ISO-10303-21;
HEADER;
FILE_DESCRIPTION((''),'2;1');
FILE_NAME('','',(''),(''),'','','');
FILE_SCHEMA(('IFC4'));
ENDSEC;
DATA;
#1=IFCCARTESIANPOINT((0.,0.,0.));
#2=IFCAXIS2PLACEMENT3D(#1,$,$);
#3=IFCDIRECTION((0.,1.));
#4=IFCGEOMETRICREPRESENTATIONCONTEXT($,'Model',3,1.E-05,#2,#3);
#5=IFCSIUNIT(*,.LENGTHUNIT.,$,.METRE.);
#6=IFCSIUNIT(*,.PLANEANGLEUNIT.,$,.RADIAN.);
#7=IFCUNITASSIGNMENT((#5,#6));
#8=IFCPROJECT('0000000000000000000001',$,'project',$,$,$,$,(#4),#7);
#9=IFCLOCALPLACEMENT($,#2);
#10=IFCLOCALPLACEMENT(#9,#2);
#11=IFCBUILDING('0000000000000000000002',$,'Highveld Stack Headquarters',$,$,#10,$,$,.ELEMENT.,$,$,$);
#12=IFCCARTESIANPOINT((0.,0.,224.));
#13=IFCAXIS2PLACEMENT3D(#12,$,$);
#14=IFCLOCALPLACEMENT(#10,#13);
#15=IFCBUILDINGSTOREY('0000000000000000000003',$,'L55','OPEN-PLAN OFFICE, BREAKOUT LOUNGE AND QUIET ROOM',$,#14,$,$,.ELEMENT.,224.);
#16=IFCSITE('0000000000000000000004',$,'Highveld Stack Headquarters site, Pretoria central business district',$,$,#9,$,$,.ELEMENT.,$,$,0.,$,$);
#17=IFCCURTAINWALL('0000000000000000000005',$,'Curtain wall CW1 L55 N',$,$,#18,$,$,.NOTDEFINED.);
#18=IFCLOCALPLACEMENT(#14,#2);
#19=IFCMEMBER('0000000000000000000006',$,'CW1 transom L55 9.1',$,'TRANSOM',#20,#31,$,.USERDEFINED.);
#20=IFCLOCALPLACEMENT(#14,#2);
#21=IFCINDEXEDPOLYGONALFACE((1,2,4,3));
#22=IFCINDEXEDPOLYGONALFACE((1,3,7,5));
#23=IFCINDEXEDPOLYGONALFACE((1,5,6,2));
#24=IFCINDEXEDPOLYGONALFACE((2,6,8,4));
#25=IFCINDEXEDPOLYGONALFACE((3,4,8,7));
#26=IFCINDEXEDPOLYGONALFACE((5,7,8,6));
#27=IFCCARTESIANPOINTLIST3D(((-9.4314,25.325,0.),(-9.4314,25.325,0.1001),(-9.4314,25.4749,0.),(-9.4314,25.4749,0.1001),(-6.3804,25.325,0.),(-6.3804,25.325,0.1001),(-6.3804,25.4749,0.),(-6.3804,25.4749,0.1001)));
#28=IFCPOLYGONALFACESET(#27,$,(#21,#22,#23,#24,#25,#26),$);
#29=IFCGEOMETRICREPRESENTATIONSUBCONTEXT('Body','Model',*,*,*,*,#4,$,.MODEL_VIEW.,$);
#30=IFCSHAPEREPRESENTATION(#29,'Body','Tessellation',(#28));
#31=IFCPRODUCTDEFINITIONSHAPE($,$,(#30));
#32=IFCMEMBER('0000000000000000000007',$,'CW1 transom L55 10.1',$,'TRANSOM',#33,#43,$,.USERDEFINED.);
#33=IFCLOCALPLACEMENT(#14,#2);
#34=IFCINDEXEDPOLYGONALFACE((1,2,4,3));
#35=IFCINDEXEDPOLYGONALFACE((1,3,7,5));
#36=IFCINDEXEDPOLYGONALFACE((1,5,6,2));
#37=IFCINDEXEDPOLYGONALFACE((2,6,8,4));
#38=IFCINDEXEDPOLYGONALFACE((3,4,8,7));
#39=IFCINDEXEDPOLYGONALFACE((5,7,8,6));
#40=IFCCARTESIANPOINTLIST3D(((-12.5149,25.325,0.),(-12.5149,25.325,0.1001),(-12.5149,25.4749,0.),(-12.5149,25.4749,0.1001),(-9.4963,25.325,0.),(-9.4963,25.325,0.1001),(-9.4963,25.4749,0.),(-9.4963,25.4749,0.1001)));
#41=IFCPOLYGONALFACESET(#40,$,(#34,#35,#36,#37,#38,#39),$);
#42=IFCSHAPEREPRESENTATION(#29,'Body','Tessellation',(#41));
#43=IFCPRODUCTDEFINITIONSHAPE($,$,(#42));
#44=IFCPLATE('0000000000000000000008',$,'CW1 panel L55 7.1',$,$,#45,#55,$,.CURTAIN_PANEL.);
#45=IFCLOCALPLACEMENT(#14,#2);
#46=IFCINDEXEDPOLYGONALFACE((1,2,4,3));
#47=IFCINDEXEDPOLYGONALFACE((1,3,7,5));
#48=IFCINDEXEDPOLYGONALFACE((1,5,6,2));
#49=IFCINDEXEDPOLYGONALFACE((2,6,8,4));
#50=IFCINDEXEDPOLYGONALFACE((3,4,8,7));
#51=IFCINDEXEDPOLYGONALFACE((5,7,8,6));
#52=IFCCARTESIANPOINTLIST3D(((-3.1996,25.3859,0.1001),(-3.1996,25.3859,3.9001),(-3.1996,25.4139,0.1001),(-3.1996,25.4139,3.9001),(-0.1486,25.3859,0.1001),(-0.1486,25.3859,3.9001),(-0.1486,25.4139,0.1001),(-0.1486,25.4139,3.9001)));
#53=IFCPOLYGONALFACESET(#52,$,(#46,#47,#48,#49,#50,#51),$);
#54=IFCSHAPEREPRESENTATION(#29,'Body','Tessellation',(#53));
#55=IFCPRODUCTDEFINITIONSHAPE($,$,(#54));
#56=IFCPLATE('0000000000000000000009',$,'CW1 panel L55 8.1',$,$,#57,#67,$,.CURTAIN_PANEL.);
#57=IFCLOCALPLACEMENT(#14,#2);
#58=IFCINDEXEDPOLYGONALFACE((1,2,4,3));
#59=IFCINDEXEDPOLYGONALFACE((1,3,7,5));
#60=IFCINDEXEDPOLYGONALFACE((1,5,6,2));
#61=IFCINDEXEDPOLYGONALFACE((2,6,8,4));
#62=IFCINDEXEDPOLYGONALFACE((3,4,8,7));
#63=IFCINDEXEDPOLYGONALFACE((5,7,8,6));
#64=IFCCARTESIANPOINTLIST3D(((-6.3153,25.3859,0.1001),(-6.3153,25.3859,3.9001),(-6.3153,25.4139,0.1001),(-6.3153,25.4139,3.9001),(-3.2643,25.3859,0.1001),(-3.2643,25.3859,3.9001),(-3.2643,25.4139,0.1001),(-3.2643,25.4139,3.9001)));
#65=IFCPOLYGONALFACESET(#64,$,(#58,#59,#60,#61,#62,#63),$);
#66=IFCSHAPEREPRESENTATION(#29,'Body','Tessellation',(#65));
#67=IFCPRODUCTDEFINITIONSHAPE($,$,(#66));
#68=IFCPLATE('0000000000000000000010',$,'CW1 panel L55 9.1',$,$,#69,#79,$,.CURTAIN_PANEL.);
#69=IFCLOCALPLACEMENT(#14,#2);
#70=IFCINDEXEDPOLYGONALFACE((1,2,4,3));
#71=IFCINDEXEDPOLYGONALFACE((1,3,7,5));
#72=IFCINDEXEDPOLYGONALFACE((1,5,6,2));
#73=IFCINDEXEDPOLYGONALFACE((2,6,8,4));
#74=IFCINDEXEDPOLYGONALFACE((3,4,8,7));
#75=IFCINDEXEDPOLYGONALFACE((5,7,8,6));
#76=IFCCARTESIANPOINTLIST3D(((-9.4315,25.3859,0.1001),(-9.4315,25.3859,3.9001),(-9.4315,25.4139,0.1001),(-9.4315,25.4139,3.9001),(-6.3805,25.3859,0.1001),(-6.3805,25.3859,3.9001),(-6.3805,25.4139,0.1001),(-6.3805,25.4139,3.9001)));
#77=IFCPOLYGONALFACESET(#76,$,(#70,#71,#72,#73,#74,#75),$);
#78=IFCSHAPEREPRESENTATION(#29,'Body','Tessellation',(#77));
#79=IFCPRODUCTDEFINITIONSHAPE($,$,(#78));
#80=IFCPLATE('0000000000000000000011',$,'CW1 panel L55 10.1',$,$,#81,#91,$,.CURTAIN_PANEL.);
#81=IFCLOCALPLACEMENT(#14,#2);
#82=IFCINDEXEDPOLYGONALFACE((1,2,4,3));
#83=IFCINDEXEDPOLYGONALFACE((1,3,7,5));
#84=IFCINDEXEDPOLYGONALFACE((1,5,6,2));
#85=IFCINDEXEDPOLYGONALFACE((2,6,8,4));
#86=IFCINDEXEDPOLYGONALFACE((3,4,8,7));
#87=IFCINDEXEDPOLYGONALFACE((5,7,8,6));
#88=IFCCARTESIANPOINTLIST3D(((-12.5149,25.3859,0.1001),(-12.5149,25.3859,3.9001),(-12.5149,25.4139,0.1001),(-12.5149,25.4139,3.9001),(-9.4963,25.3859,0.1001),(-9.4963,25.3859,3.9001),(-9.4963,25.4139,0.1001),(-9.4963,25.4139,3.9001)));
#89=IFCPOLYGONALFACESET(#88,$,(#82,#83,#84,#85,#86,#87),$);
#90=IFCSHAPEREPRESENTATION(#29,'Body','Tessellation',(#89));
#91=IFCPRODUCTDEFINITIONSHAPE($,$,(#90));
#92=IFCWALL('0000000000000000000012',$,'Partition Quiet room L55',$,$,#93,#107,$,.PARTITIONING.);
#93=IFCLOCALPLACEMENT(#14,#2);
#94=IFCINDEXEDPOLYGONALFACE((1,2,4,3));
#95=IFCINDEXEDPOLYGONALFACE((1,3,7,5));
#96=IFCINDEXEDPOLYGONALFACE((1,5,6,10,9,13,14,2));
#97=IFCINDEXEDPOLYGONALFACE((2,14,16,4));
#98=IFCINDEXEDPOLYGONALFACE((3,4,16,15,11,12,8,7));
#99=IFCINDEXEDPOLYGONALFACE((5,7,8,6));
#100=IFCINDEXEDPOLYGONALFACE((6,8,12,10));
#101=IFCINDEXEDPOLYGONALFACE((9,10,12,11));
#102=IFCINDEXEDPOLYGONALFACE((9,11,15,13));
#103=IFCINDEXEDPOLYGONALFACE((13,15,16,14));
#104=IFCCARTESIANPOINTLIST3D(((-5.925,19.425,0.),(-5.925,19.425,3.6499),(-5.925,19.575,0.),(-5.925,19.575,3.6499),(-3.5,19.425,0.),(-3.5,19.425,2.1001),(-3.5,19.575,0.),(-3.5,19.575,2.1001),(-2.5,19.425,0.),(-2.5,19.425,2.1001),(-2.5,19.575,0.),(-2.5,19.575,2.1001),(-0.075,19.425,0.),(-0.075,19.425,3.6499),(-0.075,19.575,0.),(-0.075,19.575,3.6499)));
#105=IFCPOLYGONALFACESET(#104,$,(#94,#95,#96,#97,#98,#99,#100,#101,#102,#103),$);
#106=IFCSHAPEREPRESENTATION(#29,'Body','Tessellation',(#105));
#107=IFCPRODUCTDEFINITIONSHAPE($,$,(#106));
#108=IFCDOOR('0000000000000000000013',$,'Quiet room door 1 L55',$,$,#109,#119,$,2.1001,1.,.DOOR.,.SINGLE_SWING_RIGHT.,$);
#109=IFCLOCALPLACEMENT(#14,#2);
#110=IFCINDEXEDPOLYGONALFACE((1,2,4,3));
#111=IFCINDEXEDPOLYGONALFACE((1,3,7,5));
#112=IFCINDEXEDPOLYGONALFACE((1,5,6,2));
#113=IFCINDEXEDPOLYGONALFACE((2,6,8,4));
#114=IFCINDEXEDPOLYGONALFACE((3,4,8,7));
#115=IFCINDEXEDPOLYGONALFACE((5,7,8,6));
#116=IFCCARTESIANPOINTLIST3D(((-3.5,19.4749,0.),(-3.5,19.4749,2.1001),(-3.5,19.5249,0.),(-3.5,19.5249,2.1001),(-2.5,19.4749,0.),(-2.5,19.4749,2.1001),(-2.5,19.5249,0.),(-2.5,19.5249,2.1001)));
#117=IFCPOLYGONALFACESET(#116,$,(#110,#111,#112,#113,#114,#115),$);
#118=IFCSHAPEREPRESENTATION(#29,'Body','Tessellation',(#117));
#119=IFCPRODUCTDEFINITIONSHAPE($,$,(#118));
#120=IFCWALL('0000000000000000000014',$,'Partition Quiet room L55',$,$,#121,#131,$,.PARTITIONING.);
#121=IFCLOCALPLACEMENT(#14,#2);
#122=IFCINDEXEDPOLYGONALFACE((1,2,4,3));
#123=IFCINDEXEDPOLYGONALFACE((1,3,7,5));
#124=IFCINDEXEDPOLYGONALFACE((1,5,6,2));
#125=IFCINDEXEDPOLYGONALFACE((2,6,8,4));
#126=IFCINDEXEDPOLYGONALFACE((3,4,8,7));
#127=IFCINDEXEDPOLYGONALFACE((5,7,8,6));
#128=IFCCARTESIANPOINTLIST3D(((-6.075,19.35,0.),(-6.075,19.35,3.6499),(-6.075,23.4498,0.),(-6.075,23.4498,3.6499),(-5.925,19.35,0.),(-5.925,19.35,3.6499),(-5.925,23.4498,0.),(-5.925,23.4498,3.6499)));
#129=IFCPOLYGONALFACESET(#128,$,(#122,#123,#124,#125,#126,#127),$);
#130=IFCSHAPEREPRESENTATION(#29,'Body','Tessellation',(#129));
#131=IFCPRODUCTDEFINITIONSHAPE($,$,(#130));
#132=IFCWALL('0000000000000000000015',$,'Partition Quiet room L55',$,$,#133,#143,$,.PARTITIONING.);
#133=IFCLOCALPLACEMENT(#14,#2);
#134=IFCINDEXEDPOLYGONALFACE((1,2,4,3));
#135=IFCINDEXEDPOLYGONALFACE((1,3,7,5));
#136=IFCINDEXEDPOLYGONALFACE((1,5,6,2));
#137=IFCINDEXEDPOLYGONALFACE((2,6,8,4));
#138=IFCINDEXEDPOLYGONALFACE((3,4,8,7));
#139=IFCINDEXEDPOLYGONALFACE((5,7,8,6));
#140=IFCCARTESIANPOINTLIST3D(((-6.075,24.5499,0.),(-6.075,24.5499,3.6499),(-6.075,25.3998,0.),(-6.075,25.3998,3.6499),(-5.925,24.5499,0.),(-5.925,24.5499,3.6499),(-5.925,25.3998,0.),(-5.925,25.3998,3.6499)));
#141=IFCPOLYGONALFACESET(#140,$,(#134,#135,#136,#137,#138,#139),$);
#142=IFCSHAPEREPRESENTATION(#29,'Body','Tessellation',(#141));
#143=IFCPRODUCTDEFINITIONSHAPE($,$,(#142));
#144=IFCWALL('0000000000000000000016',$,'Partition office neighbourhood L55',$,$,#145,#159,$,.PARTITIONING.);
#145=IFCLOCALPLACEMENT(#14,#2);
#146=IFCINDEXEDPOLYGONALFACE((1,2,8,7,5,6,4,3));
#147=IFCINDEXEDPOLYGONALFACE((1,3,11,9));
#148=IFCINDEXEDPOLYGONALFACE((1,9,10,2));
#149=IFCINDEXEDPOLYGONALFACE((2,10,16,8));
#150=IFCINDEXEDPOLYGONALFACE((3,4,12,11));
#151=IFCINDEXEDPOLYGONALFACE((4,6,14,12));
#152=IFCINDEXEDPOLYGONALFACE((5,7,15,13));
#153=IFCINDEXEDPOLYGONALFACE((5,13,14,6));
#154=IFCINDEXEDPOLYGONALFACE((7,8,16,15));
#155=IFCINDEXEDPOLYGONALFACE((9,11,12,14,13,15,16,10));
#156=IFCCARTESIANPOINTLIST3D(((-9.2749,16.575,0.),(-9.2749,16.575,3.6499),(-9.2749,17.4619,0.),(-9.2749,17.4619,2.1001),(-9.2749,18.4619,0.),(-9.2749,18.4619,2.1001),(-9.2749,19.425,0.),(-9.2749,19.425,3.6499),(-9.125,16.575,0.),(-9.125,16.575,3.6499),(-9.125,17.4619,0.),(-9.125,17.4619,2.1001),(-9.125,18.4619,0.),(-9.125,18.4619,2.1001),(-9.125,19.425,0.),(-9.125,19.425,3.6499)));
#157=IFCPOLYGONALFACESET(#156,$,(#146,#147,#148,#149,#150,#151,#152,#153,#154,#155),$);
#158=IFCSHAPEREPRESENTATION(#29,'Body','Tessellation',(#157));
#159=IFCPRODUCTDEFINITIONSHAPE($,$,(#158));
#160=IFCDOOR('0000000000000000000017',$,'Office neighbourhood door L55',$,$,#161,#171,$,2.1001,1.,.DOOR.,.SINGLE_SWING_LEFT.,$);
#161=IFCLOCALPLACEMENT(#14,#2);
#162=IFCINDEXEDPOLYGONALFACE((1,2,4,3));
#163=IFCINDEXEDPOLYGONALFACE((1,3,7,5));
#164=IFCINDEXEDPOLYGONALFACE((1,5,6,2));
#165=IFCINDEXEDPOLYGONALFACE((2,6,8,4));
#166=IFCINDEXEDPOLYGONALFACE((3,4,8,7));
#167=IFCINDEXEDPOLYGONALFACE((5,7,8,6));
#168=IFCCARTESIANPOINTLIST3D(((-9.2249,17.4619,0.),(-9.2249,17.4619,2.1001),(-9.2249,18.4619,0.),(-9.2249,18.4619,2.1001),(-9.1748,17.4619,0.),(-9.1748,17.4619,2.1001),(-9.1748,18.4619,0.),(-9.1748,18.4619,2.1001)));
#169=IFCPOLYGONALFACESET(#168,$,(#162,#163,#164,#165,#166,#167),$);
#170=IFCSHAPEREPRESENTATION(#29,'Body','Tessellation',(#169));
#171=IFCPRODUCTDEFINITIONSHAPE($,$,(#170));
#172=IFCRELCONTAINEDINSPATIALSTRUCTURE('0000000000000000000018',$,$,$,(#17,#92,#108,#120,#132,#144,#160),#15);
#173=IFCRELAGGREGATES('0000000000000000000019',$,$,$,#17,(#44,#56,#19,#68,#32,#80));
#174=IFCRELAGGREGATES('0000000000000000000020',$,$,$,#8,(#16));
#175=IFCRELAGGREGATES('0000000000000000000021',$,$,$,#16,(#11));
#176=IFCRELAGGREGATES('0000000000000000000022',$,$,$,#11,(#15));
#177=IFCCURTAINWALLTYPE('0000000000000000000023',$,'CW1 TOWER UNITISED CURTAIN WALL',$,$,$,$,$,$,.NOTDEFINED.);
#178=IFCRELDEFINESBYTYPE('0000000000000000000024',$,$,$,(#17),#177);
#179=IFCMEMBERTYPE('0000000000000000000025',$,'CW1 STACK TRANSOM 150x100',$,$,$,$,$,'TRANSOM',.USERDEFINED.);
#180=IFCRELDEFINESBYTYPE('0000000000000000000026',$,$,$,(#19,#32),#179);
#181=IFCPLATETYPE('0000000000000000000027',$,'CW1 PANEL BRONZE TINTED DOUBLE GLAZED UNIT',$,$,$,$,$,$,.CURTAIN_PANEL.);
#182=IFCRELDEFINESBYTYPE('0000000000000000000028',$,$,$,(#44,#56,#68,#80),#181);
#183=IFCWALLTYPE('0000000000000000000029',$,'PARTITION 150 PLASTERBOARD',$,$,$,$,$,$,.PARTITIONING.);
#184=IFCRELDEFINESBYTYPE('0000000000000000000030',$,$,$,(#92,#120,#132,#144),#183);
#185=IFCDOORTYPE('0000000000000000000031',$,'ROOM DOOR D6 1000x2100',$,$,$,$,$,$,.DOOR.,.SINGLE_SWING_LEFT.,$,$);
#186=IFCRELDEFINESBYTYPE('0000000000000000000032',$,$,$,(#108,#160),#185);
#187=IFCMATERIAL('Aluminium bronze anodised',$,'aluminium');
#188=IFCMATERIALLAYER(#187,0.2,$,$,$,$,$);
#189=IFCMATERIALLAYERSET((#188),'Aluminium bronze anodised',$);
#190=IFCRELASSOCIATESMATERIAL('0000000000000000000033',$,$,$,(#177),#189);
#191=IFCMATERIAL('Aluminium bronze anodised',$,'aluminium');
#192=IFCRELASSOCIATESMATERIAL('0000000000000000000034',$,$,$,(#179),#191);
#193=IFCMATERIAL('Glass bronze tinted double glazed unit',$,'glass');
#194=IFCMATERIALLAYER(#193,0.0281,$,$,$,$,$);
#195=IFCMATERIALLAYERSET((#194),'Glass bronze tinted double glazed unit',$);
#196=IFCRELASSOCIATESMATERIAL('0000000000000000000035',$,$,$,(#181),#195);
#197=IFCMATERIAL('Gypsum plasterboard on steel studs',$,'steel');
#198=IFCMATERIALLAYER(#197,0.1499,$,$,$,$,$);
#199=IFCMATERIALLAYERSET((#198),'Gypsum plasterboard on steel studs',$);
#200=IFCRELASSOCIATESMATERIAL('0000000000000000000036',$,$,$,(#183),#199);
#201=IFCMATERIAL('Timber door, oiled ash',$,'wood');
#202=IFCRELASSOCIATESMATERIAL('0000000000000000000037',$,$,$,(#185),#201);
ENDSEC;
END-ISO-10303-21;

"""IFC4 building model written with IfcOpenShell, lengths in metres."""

from ifc_helpers import new_model, si_unit, direction, frame, frame_2d, origin, origin_2d, place, context, subcontext, project, spatial, rectangle, extrude, material, layer, layer_set, material_profile, profile_set, type_object, element, fill, aggregate, save


model = new_model("IFC4")

# Units and contexts
model_context = context("Model", 3, precision=1e-05, world=origin(), true_north=direction((0.0, 1.0)))
body_context = subcontext(model_context, "Body", "Model", "MODEL_VIEW")
ifc_project = project(units=[si_unit("LENGTHUNIT", "METRE"), si_unit("PLANEANGLEUNIT", "RADIAN")], contexts=[model_context])

# Site, building, storey
site_placement = place(None, origin())
site = spatial("IfcSite", under=ifc_project, at=site_placement, Name="Highveld Stack Headquarters site, Pretoria central business district", CompositionType="ELEMENT", RefElevation=0.0)
building_placement = place(site_placement, origin())
building = spatial("IfcBuilding", under=site, at=building_placement, Name="Highveld Stack Headquarters", CompositionType="ELEMENT")
storey_placement = place(building_placement, frame((0.0, 0.0, 224.0)))
storey = spatial("IfcBuildingStorey", under=building, at=storey_placement, Name="L55", Description="OPEN-PLAN OFFICE, BREAKOUT LOUNGE AND QUIET ROOM", CompositionType="ELEMENT", Elevation=224.0)

# Curtain wall, members, plates
ifc_material_1 = material(Name="Aluminium bronze anodised", Category="aluminium")
ifc_layer_1 = layer(ifc_material_1, 0.2)
ifc_layer_set_1 = layer_set([ifc_layer_1], Name="Aluminium bronze anodised")
curtain_wall_type = type_object("IfcCurtainWallType", Name="CW1 TOWER UNITISED CURTAIN WALL", PredefinedType="NOTDEFINED", material=ifc_layer_set_1)
curtain_wall_placement = place(storey_placement, origin())
curtain_wall = element("IfcCurtainWall", 1, at=curtain_wall_placement, inside=storey, type_object=curtain_wall_type, Name="Curtain wall CW1 L55 N", PredefinedType="NOTDEFINED")
ifc_material_2 = material(Name="Aluminium bronze anodised", Category="aluminium")
ifc_material_profile_1 = material_profile(ifc_material_2, rectangle(XDim=0.1499, YDim=0.1001, at=origin_2d()), Name="CW1 TRANSOM 150x100")
ifc_profile_set_1 = profile_set([ifc_material_profile_1], Name="Aluminium bronze anodised")
member_type_1 = type_object("IfcMemberType", Name="CW1 STACK TRANSOM 150x100", ElementType="TRANSOM", PredefinedType="USERDEFINED", material=ifc_profile_set_1)
member_1_placement = place(storey_placement, frame((-6.3804, 25.3999, 0.05), z_axis=(-1.0, 0.0, 0.0), x_axis=(0.0, -1.0, 0.0)))
member_1 = element("IfcMember", 2, at=member_1_placement, type_object=member_type_1, Name="CW1 transom L55 9.1", ObjectType="TRANSOM", PredefinedType="USERDEFINED", context=body_context, shape_type="SweptSolid", body=[
    extrude(rectangle(XDim=0.1499, YDim=0.1001, at=origin_2d()), origin(), (0.0, 0.0, 1.0), 3.051),
])
member_2_placement = place(storey_placement, frame((-9.4963, 25.3999, 0.05), z_axis=(-1.0, 0.0, 0.0), x_axis=(0.0, -1.0, 0.0)))
member_2 = element("IfcMember", 3, at=member_2_placement, type_object=member_type_1, Name="CW1 transom L55 10.1", ObjectType="TRANSOM", PredefinedType="USERDEFINED", context=body_context, shape_type="SweptSolid", body=[
    extrude(rectangle(XDim=0.1499, YDim=0.1001, at=origin_2d()), origin(), (0.0, 0.0, 1.0), 3.0186),
])
ifc_material_3 = material(Name="Glass bronze tinted double glazed unit", Category="glass")
ifc_layer_2 = layer(ifc_material_3, 0.0281)
ifc_layer_set_2 = layer_set([ifc_layer_2], Name="Glass bronze tinted double glazed unit")
plate_type = type_object("IfcPlateType", Name="CW1 PANEL BRONZE TINTED DOUBLE GLAZED UNIT", PredefinedType="CURTAIN_PANEL", material=ifc_layer_set_2)
plate_1_placement = place(storey_placement, frame((-1.6741, 25.3999, 0.1001), z_axis=(0.0, 0.0, 1.0), x_axis=(-1.0, 0.0, 0.0)))
plate_1 = element("IfcPlate", 4, at=plate_1_placement, type_object=plate_type, Name="CW1 panel L55 7.1", PredefinedType="CURTAIN_PANEL", context=body_context, shape_type="SweptSolid", body=[
    extrude(rectangle(XDim=3.051, YDim=0.0281, at=origin_2d()), origin(), (0.0, 0.0, 1.0), 3.8),
])
plate_2_placement = place(storey_placement, frame((-4.7898, 25.3999, 0.1001), z_axis=(0.0, 0.0, 1.0), x_axis=(-1.0, 0.0, 0.0)))
plate_2 = element("IfcPlate", 5, at=plate_2_placement, type_object=plate_type, Name="CW1 panel L55 8.1", PredefinedType="CURTAIN_PANEL", context=body_context, shape_type="SweptSolid", body=[
    extrude(rectangle(XDim=3.051, YDim=0.0281, at=origin_2d()), origin(), (0.0, 0.0, 1.0), 3.8),
])
plate_3_placement = place(storey_placement, frame((-7.906, 25.3999, 0.1001), z_axis=(0.0, 0.0, 1.0), x_axis=(-1.0, 0.0, 0.0)))
plate_3 = element("IfcPlate", 6, at=plate_3_placement, type_object=plate_type, Name="CW1 panel L55 9.1", PredefinedType="CURTAIN_PANEL", context=body_context, shape_type="SweptSolid", body=[
    extrude(rectangle(XDim=3.051, YDim=0.0281, at=origin_2d()), origin(), (0.0, 0.0, 1.0), 3.8),
])
plate_4_placement = place(storey_placement, frame((-11.0056, 25.3999, 0.1001), z_axis=(0.0, 0.0, 1.0), x_axis=(-1.0, 0.0, 0.0)))
plate_4 = element("IfcPlate", 7, at=plate_4_placement, type_object=plate_type, Name="CW1 panel L55 10.1", PredefinedType="CURTAIN_PANEL", context=body_context, shape_type="SweptSolid", body=[
    extrude(rectangle(XDim=3.0186, YDim=0.0281, at=origin_2d()), origin(), (0.0, 0.0, 1.0), 3.8),
])
aggregate(curtain_wall, [plate_1, plate_2, member_1, plate_3, member_2, plate_4])

# Wall, opening, door
ifc_material_4 = material(Name="Gypsum plasterboard on steel studs", Category="steel")
ifc_layer_3 = layer(ifc_material_4, 0.1499)
ifc_layer_set_3 = layer_set([ifc_layer_3], Name="Gypsum plasterboard on steel studs")
wall_type = type_object("IfcWallType", Name="PARTITION 150 PLASTERBOARD", PredefinedType="PARTITIONING", material=ifc_layer_set_3)
wall_1_placement = place(storey_placement, frame((-5.925, 19.5, 0.0), z_axis=(0.0, 0.0, 1.0), x_axis=(1.0, 0.0, 0.0)))
wall_1 = element("IfcWall", 8, at=wall_1_placement, inside=storey, type_object=wall_type, Name="Partition Quiet room L55", PredefinedType="PARTITIONING", context=body_context, shape_type="SweptSolid", body=[
    extrude(rectangle(XDim=5.8501, YDim=0.1499, at=frame_2d((2.925, 0.0))), origin(), (0.0, 0.0, 1.0), 3.6499),
])
opening_1_placement = place(wall_1_placement, frame((2.425, 0.0, 0.0)))
opening_1 = element("IfcOpeningElement", 9, at=opening_1_placement, cuts=wall_1, PredefinedType="OPENING", context=body_context, shape_type="SweptSolid", body=[
    extrude(rectangle(XDim=1.0, YDim=2.1001, at=frame_2d((0.5, 1.05))), frame((0.0, 0.085, 0.0), z_axis=(0.0, -1.0, 0.0), x_axis=(1.0, 0.0, 0.0)), (0.0, 0.0, 1.0), 0.1699),
])
ifc_material_5 = material(Name="Timber door, oiled ash", Category="wood")
door_type = type_object("IfcDoorType", Name="ROOM DOOR D6 1000x2100", OperationType="SINGLE_SWING_LEFT", PredefinedType="DOOR", material=ifc_material_5)
door_1_placement = place(opening_1_placement, origin())
door_1 = element("IfcDoor", 10, at=door_1_placement, inside=storey, type_object=door_type, Name="Quiet room door 1 L55", OperationType="SINGLE_SWING_RIGHT", OverallHeight=2.1001, OverallWidth=1.0, PredefinedType="DOOR", context=body_context, shape_type="SweptSolid", body=[
    extrude(rectangle(XDim=1.0, YDim=2.1001, at=frame_2d((0.5, 1.05))), frame((0.0, 0.0249, 0.0), z_axis=(0.0, -1.0, 0.0), x_axis=(1.0, 0.0, 0.0)), (0.0, 0.0, 1.0), 0.05),
])
fill(opening_1, door_1)

# Walls
wall_2_placement = place(storey_placement, frame((-6.0, 19.3501, 0.0), z_axis=(0.0, 0.0, 1.0), x_axis=(0.0, 1.0, 0.0)))
element("IfcWall", 11, at=wall_2_placement, inside=storey, type_object=wall_type, Name="Partition Quiet room L55", PredefinedType="PARTITIONING", context=body_context, shape_type="SweptSolid", body=[
    extrude(rectangle(XDim=4.0999, YDim=0.1499, at=frame_2d((2.0498, 0.0))), origin(), (0.0, 0.0, 1.0), 3.6499),
])
wall_3_placement = place(storey_placement, frame((-6.0, 24.55, 0.0), z_axis=(0.0, 0.0, 1.0), x_axis=(0.0, 1.0, 0.0)))
element("IfcWall", 12, at=wall_3_placement, inside=storey, type_object=wall_type, Name="Partition Quiet room L55", PredefinedType="PARTITIONING", context=body_context, shape_type="SweptSolid", body=[
    extrude(rectangle(XDim=0.8499, YDim=0.1499, at=frame_2d((0.4248, 0.0))), origin(), (0.0, 0.0, 1.0), 3.6499),
])

# Wall, opening, door
wall_4_placement = place(storey_placement, frame((-9.2, 16.575, 0.0), z_axis=(0.0, 0.0, 1.0), x_axis=(0.0, 1.0, 0.0)))
wall_4 = element("IfcWall", 13, at=wall_4_placement, inside=storey, type_object=wall_type, Name="Partition office neighbourhood L55", PredefinedType="PARTITIONING", context=body_context, shape_type="SweptSolid", body=[
    extrude(rectangle(XDim=2.8501, YDim=0.1499, at=frame_2d((1.425, 0.0))), origin(), (0.0, 0.0, 1.0), 3.6499),
])
opening_2_placement = place(wall_4_placement, frame((0.887, 0.0, 0.0)))
opening_2 = element("IfcOpeningElement", 14, at=opening_2_placement, cuts=wall_4, PredefinedType="OPENING", context=body_context, shape_type="SweptSolid", body=[
    extrude(rectangle(XDim=1.0, YDim=2.1001, at=frame_2d((0.5, 1.05))), frame((0.0, 0.085, 0.0), z_axis=(0.0, -1.0, 0.0), x_axis=(1.0, 0.0, 0.0)), (0.0, 0.0, 1.0), 0.1699),
])
door_2_placement = place(opening_2_placement, origin())
door_2 = element("IfcDoor", 15, at=door_2_placement, inside=storey, type_object=door_type, Name="Office neighbourhood door L55", OperationType="SINGLE_SWING_LEFT", OverallHeight=2.1001, OverallWidth=1.0, PredefinedType="DOOR", context=body_context, shape_type="SweptSolid", body=[
    extrude(rectangle(XDim=1.0, YDim=2.1001, at=frame_2d((0.5, 1.05))), frame((0.0, 0.0249, 0.0), z_axis=(0.0, -1.0, 0.0), x_axis=(1.0, 0.0, 0.0)), (0.0, 0.0, 1.0), 0.05),
])
fill(opening_2, door_2)

save(model, "model.ifc")
